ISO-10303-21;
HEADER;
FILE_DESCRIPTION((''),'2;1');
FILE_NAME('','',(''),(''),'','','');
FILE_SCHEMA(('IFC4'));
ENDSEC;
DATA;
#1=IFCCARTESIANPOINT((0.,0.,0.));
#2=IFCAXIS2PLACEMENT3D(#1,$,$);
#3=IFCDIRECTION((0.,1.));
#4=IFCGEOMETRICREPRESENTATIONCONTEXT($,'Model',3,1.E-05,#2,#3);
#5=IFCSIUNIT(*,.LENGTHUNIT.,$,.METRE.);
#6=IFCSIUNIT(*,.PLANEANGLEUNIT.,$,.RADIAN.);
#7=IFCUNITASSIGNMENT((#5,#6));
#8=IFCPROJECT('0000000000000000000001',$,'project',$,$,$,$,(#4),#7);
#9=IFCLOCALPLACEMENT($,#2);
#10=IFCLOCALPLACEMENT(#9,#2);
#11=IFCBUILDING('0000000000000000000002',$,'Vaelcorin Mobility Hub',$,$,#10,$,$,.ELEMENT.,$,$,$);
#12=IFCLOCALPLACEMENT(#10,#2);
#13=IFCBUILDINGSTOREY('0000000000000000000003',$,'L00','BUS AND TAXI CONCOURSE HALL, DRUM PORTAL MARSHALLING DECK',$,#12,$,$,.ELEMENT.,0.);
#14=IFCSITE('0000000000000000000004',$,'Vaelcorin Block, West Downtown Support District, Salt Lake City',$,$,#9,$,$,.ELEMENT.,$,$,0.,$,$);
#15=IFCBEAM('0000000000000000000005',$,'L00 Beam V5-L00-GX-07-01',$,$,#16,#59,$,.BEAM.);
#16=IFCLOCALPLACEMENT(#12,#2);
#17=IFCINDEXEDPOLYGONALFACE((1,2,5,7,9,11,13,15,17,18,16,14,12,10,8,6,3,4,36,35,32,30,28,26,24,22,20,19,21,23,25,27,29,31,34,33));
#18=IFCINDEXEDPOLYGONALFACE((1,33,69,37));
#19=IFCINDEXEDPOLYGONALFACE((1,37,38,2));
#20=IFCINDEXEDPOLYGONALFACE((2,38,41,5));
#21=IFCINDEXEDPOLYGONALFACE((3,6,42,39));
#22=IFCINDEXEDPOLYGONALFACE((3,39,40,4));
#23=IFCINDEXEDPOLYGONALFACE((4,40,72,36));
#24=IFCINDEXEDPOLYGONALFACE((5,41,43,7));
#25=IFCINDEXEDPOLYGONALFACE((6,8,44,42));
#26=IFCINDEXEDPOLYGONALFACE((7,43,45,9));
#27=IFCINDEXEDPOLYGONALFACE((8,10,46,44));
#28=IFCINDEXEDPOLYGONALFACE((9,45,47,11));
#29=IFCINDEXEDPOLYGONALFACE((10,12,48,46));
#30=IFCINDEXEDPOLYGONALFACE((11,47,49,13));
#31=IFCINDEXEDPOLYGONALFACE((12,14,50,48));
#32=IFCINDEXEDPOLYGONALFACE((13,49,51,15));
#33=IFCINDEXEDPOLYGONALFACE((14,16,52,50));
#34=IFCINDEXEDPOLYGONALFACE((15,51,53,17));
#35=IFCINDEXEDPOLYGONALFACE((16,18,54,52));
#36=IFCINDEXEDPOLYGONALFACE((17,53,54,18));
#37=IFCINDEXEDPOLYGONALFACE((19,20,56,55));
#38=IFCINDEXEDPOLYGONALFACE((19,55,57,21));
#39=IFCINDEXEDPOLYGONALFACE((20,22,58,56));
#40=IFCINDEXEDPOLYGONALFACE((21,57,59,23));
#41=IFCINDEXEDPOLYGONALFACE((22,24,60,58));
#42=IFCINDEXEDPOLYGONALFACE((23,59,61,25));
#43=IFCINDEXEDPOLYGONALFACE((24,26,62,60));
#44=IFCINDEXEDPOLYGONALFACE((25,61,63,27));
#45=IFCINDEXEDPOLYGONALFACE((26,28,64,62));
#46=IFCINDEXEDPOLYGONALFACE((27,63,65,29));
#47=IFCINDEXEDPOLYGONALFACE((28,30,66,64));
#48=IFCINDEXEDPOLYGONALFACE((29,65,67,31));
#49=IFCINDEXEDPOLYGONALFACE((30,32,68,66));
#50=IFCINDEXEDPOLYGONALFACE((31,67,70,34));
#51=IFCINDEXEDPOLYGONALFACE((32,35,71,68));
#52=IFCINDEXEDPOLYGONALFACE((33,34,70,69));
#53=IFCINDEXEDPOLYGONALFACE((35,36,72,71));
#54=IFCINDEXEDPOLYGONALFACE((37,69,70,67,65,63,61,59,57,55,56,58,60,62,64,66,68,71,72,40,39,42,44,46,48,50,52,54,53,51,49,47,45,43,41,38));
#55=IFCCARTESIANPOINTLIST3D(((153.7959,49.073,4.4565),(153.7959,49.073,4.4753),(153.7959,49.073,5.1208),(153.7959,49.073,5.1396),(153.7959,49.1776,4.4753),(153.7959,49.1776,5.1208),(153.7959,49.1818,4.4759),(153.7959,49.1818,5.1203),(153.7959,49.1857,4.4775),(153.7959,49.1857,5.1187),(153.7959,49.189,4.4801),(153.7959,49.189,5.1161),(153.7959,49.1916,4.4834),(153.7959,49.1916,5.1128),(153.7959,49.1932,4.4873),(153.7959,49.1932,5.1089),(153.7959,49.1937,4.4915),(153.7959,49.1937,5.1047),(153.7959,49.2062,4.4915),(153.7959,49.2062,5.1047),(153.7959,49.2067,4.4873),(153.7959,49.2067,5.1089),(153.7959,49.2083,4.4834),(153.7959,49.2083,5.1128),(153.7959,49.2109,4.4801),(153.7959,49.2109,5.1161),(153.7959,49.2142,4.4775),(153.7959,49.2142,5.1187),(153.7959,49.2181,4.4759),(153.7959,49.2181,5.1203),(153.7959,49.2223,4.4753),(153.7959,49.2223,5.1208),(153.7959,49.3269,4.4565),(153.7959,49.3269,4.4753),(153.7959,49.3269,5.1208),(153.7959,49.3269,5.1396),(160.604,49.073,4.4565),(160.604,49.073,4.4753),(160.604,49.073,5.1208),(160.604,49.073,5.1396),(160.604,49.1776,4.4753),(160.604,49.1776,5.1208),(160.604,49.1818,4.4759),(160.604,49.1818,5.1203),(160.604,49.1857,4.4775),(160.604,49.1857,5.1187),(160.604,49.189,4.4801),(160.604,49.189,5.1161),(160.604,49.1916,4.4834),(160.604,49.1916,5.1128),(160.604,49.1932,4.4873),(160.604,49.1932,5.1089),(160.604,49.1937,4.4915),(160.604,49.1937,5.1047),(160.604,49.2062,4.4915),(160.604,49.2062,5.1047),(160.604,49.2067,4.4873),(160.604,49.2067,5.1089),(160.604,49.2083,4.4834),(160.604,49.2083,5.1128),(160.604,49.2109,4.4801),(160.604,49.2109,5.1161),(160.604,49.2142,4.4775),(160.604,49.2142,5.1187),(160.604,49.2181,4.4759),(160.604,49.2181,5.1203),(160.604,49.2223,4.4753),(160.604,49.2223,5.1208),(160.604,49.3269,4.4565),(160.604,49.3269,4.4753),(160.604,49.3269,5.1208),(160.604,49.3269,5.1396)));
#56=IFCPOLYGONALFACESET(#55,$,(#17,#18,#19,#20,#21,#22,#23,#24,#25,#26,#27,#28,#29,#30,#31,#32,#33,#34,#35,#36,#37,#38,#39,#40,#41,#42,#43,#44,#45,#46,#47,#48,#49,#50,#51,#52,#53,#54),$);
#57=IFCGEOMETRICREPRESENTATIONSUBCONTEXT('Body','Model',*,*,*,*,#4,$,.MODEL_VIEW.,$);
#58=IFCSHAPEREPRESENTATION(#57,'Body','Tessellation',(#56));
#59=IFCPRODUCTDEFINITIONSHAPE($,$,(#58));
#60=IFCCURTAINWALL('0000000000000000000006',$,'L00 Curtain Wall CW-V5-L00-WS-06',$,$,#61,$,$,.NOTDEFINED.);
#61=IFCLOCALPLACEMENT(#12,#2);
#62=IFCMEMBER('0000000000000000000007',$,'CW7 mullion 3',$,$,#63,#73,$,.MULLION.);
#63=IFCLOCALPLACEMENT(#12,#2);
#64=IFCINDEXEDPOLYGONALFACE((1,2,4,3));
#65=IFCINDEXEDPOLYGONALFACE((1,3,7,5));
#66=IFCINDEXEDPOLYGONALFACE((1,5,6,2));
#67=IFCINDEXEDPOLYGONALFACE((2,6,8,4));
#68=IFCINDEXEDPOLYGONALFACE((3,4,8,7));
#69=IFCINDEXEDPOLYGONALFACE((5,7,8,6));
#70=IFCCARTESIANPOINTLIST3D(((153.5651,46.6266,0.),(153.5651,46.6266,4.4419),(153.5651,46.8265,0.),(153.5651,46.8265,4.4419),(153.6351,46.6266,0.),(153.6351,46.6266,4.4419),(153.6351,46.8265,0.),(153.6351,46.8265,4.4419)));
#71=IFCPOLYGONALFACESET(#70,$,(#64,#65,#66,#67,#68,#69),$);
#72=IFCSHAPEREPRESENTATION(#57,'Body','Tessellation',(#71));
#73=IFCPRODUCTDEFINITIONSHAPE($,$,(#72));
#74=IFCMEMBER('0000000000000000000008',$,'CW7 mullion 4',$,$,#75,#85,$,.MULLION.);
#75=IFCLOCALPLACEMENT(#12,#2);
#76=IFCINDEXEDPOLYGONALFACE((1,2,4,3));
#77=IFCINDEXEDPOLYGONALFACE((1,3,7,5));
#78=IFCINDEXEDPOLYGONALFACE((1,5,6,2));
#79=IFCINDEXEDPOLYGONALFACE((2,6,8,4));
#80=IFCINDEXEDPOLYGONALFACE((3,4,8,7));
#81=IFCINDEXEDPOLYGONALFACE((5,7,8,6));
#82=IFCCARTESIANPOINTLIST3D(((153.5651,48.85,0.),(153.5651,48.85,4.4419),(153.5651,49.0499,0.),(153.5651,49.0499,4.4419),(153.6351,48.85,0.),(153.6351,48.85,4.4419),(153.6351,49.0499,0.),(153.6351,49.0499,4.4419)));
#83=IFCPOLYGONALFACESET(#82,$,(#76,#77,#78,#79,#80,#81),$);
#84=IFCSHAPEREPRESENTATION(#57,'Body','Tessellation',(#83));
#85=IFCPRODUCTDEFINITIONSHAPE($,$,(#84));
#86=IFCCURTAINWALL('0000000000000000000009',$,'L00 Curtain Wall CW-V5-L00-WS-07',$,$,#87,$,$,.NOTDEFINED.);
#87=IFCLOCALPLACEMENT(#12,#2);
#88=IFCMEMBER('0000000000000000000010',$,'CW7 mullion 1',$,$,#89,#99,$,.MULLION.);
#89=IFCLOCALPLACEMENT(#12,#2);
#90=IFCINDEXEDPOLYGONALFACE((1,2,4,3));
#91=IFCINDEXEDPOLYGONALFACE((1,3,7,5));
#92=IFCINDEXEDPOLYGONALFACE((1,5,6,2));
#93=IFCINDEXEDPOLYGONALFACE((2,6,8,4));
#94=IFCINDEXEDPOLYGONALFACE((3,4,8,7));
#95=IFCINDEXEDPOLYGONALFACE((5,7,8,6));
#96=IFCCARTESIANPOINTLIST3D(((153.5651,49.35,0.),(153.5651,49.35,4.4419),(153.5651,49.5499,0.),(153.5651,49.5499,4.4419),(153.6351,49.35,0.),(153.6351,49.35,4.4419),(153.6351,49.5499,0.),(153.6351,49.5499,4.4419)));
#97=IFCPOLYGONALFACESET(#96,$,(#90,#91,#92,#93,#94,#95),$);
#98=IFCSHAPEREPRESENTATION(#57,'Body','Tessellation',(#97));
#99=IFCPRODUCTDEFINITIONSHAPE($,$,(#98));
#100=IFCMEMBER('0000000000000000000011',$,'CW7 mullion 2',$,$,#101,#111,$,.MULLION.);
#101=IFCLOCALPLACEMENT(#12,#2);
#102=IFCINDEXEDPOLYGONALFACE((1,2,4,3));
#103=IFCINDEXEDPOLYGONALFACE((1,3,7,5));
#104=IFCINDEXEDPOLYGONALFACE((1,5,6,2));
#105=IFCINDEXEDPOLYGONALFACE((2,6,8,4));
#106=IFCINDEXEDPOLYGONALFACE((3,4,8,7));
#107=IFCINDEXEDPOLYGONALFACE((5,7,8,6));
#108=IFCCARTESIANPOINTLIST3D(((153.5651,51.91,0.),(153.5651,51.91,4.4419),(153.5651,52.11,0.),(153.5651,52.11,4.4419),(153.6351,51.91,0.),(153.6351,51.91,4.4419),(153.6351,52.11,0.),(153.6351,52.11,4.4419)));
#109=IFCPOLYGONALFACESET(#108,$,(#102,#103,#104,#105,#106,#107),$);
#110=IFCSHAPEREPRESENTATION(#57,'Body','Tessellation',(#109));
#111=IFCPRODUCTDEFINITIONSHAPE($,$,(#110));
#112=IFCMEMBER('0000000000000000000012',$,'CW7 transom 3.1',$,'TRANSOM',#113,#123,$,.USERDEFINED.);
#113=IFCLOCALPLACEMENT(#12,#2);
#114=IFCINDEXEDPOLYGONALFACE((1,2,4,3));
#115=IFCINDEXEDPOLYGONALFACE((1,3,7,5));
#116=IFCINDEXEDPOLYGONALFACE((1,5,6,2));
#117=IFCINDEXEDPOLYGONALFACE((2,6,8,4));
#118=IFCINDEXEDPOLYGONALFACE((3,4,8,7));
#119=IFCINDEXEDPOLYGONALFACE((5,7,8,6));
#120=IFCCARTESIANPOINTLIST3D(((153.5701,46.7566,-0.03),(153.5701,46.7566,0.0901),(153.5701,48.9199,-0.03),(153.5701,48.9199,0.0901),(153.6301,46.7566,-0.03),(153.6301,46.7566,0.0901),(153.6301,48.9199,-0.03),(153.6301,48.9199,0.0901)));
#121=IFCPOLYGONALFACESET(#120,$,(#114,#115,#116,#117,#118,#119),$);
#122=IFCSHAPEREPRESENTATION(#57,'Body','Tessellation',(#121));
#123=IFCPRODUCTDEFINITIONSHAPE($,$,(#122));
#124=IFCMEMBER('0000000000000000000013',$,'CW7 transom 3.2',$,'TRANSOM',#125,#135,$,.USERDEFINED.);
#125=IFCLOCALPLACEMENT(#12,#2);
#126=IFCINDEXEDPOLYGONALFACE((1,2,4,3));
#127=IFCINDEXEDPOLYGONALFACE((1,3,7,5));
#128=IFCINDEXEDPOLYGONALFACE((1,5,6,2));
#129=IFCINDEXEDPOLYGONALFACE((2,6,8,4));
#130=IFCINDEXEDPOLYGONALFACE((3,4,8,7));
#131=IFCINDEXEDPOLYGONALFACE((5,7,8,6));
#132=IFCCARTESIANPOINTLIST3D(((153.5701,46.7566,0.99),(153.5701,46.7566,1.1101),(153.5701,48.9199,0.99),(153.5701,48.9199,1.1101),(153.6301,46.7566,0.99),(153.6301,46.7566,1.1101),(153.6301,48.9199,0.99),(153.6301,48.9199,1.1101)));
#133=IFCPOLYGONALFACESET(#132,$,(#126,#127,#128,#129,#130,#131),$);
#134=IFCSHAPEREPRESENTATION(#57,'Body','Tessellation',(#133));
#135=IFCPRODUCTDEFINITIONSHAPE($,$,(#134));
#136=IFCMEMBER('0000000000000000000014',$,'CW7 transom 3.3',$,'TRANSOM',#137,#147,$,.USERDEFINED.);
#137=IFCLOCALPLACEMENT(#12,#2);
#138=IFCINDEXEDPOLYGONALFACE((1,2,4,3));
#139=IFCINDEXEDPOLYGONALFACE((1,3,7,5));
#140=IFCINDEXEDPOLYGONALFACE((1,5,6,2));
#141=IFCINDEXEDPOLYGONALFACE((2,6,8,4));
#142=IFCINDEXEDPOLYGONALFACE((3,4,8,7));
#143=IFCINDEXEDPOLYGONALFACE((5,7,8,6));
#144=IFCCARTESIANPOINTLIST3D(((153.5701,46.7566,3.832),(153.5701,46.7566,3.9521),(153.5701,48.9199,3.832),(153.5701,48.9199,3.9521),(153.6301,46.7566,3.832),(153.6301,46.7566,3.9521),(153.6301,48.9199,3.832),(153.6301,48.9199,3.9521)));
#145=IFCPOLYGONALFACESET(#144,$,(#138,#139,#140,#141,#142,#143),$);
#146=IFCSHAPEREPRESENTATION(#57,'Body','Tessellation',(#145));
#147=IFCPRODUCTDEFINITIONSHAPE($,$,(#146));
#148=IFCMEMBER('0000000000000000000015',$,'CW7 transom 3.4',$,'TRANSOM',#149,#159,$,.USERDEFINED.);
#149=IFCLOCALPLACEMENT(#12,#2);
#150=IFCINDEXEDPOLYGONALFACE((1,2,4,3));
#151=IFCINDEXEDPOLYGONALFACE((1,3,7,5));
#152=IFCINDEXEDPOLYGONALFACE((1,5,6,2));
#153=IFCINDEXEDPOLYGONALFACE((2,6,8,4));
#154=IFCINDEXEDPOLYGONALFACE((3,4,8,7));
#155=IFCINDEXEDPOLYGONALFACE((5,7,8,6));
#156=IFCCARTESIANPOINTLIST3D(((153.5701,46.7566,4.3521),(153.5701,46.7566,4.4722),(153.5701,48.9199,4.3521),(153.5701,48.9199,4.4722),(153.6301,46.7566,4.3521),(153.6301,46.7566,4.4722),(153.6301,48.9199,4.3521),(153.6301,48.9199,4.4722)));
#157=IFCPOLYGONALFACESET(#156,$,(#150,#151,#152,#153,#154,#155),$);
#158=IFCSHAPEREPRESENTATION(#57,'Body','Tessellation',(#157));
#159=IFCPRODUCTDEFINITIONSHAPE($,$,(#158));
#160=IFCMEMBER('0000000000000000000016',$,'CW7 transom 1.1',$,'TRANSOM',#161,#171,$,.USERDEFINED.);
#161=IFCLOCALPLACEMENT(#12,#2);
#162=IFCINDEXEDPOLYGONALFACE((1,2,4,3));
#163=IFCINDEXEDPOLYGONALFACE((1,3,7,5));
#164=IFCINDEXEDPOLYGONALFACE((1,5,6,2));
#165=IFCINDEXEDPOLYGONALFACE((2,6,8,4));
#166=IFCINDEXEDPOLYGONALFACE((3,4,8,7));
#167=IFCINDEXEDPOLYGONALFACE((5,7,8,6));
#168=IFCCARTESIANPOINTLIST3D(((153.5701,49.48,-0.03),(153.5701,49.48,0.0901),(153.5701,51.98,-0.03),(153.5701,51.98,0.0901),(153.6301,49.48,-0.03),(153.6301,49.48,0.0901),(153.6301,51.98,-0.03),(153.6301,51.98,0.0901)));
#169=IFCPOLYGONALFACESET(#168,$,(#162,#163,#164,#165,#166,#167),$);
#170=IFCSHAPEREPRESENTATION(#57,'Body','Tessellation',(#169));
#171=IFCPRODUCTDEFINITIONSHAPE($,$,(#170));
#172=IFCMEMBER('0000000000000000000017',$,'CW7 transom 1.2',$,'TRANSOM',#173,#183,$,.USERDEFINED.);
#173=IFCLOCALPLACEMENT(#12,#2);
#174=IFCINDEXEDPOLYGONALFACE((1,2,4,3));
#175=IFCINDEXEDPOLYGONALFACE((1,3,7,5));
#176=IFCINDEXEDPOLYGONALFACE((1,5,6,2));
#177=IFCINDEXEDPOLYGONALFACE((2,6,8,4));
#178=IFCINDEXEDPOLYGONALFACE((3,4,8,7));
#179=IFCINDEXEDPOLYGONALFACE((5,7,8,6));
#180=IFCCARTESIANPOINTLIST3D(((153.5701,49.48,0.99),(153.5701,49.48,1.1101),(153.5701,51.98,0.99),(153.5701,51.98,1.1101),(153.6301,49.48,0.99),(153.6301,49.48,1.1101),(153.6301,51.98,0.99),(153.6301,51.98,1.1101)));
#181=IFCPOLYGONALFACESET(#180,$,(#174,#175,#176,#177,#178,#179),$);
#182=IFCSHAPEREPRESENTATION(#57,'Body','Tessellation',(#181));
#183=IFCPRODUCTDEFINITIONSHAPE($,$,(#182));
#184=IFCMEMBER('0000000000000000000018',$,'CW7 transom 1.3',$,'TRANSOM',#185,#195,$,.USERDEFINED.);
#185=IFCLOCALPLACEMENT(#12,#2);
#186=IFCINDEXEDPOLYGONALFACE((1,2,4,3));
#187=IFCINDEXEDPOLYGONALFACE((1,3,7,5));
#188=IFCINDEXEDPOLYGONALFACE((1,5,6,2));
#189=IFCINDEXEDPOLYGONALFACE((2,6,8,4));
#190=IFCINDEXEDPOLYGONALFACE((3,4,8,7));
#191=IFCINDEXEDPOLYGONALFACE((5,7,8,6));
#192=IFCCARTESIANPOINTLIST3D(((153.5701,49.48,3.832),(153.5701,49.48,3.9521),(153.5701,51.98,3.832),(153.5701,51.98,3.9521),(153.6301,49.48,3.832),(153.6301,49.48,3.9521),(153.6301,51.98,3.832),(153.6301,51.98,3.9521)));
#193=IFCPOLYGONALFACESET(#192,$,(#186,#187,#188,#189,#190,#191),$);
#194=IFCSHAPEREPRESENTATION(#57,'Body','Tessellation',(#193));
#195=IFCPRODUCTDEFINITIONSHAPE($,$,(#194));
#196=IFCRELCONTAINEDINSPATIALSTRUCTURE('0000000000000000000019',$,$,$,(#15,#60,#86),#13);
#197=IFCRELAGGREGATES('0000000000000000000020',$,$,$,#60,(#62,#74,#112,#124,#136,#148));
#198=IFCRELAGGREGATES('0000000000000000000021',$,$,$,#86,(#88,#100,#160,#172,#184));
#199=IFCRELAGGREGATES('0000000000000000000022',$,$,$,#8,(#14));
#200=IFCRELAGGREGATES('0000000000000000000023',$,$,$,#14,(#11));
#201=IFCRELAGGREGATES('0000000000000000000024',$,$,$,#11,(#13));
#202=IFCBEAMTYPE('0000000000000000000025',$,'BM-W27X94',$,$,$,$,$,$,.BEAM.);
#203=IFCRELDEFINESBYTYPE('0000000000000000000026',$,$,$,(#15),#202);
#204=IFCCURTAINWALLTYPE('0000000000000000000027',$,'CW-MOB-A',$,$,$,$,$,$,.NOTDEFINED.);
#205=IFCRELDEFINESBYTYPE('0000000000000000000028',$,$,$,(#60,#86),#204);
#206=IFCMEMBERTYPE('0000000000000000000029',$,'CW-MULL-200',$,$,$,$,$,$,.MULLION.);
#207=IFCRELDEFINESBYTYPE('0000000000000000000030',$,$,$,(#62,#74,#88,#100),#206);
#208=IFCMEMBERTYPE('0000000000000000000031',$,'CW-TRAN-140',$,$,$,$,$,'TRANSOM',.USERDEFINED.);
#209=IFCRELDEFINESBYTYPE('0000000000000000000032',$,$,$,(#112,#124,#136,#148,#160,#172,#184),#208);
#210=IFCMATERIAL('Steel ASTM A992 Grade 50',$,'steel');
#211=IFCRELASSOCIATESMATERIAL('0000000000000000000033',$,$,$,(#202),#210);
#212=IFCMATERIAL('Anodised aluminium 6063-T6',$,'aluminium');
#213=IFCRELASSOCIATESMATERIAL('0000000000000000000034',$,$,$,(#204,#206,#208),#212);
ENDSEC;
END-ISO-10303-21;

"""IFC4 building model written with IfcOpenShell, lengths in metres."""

from ifc_helpers import new_model, si_unit, direction, frame, origin, origin_2d, place, context, subcontext, project, spatial, rectangle, i_section, extrude, material, material_profile, profile_set, type_object, element, aggregate, save


model = new_model("IFC4")

# Units and contexts
model_context = context("Model", 3, precision=1e-05, world=origin(), true_north=direction((0.0, 1.0)))
body_context = subcontext(model_context, "Body", "Model", "MODEL_VIEW")
ifc_project = project(units=[si_unit("LENGTHUNIT", "METRE"), si_unit("PLANEANGLEUNIT", "RADIAN")], contexts=[model_context])

# Site, building, storey
site_placement = place(None, origin())
site = spatial("IfcSite", under=ifc_project, at=site_placement, Name="Vaelcorin Block, West Downtown Support District, Salt Lake City", CompositionType="ELEMENT", RefElevation=0.0)
building_placement = place(site_placement, origin())
building = spatial("IfcBuilding", under=site, at=building_placement, Name="Vaelcorin Mobility Hub", CompositionType="ELEMENT")
storey_placement = place(building_placement, origin())
storey = spatial("IfcBuildingStorey", under=building, at=storey_placement, Name="L00", Description="BUS AND TAXI CONCOURSE HALL, DRUM PORTAL MARSHALLING DECK", CompositionType="ELEMENT", Elevation=0.0)

# Shared definitions
ifc_material_1 = material(Name="Steel ASTM A992 Grade 50", Category="steel")

# Beam
ifc_material_profile_1 = material_profile(ifc_material_1, i_section(OverallWidth=0.2539, OverallDepth=0.6831, WebThickness=0.0125, FlangeThickness=0.0188, FilletRadius=0.0161, at=origin_2d()), Name="W27X94")
ifc_profile_set_1 = profile_set([ifc_material_profile_1], Name="Steel ASTM A992 Grade 50")
beam_type_1 = type_object("IfcBeamType", Name="BM-W27X94", PredefinedType="BEAM", material=ifc_profile_set_1)
beam_1_placement = place(storey_placement, frame((153.7959, 49.2, 4.7981), z_axis=(1.0, 0.0, 0.0), x_axis=(0.0, 1.0, 0.0)))
element("IfcBeam", 1, at=beam_1_placement, inside=storey, type_object=beam_type_1, Name="L00 Beam V5-L00-GX-07-01", PredefinedType="BEAM", context=body_context, shape_type="SweptSolid", body=[
    extrude(i_section(OverallWidth=0.2539, OverallDepth=0.6831, WebThickness=0.0125, FlangeThickness=0.0188, FilletRadius=0.0161, at=origin_2d()), origin(), (0.0, 0.0, 1.0), 6.8081),
])

# Curtain walls, members
ifc_material_2 = material(Name="Anodised aluminium 6063-T6", Category="aluminium")
curtain_wall_type = type_object("IfcCurtainWallType", Name="CW-MOB-A", PredefinedType="NOTDEFINED", material=ifc_material_2)
curtain_wall_1_placement = place(storey_placement, origin())
curtain_wall_1 = element("IfcCurtainWall", 2, at=curtain_wall_1_placement, inside=storey, type_object=curtain_wall_type, Name="L00 Curtain Wall CW-V5-L00-WS-06", PredefinedType="NOTDEFINED")
ifc_material_profile_2 = material_profile(ifc_material_2, rectangle(XDim=0.0701, YDim=0.2, at=origin_2d()), Name="ALU-M70X200")
ifc_profile_set_2 = profile_set([ifc_material_profile_2], Name="Anodised aluminium 6063-T6")
member_type_1 = type_object("IfcMemberType", Name="CW-MULL-200", PredefinedType="MULLION", material=ifc_profile_set_2)
member_1_placement = place(storey_placement, frame((153.6001, 46.7266, 0.0), z_axis=(0.0, 0.0, 1.0), x_axis=(-1.0, 0.0, 0.0)))
member_1 = element("IfcMember", 3, at=member_1_placement, type_object=member_type_1, Name="CW7 mullion 3", PredefinedType="MULLION", context=body_context, shape_type="SweptSolid", body=[
    extrude(rectangle(XDim=0.0701, YDim=0.2, at=origin_2d()), origin(), (0.0, 0.0, 1.0), 4.4419),
])
member_2_placement = place(storey_placement, frame((153.6001, 48.95, 0.0), z_axis=(0.0, 0.0, 1.0), x_axis=(-1.0, 0.0, 0.0)))
member_2 = element("IfcMember", 4, at=member_2_placement, type_object=member_type_1, Name="CW7 mullion 4", PredefinedType="MULLION", context=body_context, shape_type="SweptSolid", body=[
    extrude(rectangle(XDim=0.0701, YDim=0.2, at=origin_2d()), origin(), (0.0, 0.0, 1.0), 4.4419),
])
curtain_wall_2_placement = place(storey_placement, origin())
curtain_wall_2 = element("IfcCurtainWall", 5, at=curtain_wall_2_placement, inside=storey, type_object=curtain_wall_type, Name="L00 Curtain Wall CW-V5-L00-WS-07", PredefinedType="NOTDEFINED")
member_3_placement = place(storey_placement, frame((153.6001, 49.45, 0.0), z_axis=(0.0, 0.0, 1.0), x_axis=(-1.0, 0.0, 0.0)))
member_3 = element("IfcMember", 6, at=member_3_placement, type_object=member_type_1, Name="CW7 mullion 1", PredefinedType="MULLION", context=body_context, shape_type="SweptSolid", body=[
    extrude(rectangle(XDim=0.0701, YDim=0.2, at=origin_2d()), origin(), (0.0, 0.0, 1.0), 4.4419),
])
member_4_placement = place(storey_placement, frame((153.6001, 52.01, 0.0), z_axis=(0.0, 0.0, 1.0), x_axis=(-1.0, 0.0, 0.0)))
member_4 = element("IfcMember", 7, at=member_4_placement, type_object=member_type_1, Name="CW7 mullion 2", PredefinedType="MULLION", context=body_context, shape_type="SweptSolid", body=[
    extrude(rectangle(XDim=0.0701, YDim=0.2, at=origin_2d()), origin(), (0.0, 0.0, 1.0), 4.4419),
])

# Members
ifc_material_profile_3 = material_profile(ifc_material_2, rectangle(XDim=0.0601, YDim=0.1201, at=origin_2d()), Name="ALU-T60X120")
ifc_profile_set_3 = profile_set([ifc_material_profile_3], Name="Anodised aluminium 6063-T6")
member_type_2 = type_object("IfcMemberType", Name="CW-TRAN-140", ElementType="TRANSOM", PredefinedType="USERDEFINED", material=ifc_profile_set_3)
member_5_placement = place(storey_placement, frame((153.6001, 46.7566, 0.03), z_axis=(0.0, 1.0, 0.0), x_axis=(-1.0, 0.0, 0.0)))
member_5 = element("IfcMember", 8, at=member_5_placement, type_object=member_type_2, Name="CW7 transom 3.1", ObjectType="TRANSOM", PredefinedType="USERDEFINED", context=body_context, shape_type="SweptSolid", body=[
    extrude(rectangle(XDim=0.0601, YDim=0.1201, at=origin_2d()), origin(), (0.0, 0.0, 1.0), 2.1633),
])
member_6_placement = place(storey_placement, frame((153.6001, 46.7566, 1.05), z_axis=(0.0, 1.0, 0.0), x_axis=(-1.0, 0.0, 0.0)))
member_6 = element("IfcMember", 9, at=member_6_placement, type_object=member_type_2, Name="CW7 transom 3.2", ObjectType="TRANSOM", PredefinedType="USERDEFINED", context=body_context, shape_type="SweptSolid", body=[
    extrude(rectangle(XDim=0.0601, YDim=0.1201, at=origin_2d()), origin(), (0.0, 0.0, 1.0), 2.1633),
])
member_7_placement = place(storey_placement, frame((153.6001, 46.7566, 3.8921), z_axis=(0.0, 1.0, 0.0), x_axis=(-1.0, 0.0, 0.0)))
member_7 = element("IfcMember", 10, at=member_7_placement, type_object=member_type_2, Name="CW7 transom 3.3", ObjectType="TRANSOM", PredefinedType="USERDEFINED", context=body_context, shape_type="SweptSolid", body=[
    extrude(rectangle(XDim=0.0601, YDim=0.1201, at=origin_2d()), origin(), (0.0, 0.0, 1.0), 2.1633),
])
member_8_placement = place(storey_placement, frame((153.6001, 46.7566, 4.4121), z_axis=(0.0, 1.0, 0.0), x_axis=(-1.0, 0.0, 0.0)))
member_8 = element("IfcMember", 11, at=member_8_placement, type_object=member_type_2, Name="CW7 transom 3.4", ObjectType="TRANSOM", PredefinedType="USERDEFINED", context=body_context, shape_type="SweptSolid", body=[
    extrude(rectangle(XDim=0.0601, YDim=0.1201, at=origin_2d()), origin(), (0.0, 0.0, 1.0), 2.1633),
])
member_9_placement = place(storey_placement, frame((153.6001, 49.48, 0.03), z_axis=(0.0, 1.0, 0.0), x_axis=(-1.0, 0.0, 0.0)))
member_9 = element("IfcMember", 12, at=member_9_placement, type_object=member_type_2, Name="CW7 transom 1.1", ObjectType="TRANSOM", PredefinedType="USERDEFINED", context=body_context, shape_type="SweptSolid", body=[
    extrude(rectangle(XDim=0.0601, YDim=0.1201, at=origin_2d()), origin(), (0.0, 0.0, 1.0), 2.5),
])
member_10_placement = place(storey_placement, frame((153.6001, 49.48, 1.05), z_axis=(0.0, 1.0, 0.0), x_axis=(-1.0, 0.0, 0.0)))
member_10 = element("IfcMember", 13, at=member_10_placement, type_object=member_type_2, Name="CW7 transom 1.2", ObjectType="TRANSOM", PredefinedType="USERDEFINED", context=body_context, shape_type="SweptSolid", body=[
    extrude(rectangle(XDim=0.0601, YDim=0.1201, at=origin_2d()), origin(), (0.0, 0.0, 1.0), 2.5),
])
member_11_placement = place(storey_placement, frame((153.6001, 49.48, 3.8921), z_axis=(0.0, 1.0, 0.0), x_axis=(-1.0, 0.0, 0.0)))
member_11 = element("IfcMember", 14, at=member_11_placement, type_object=member_type_2, Name="CW7 transom 1.3", ObjectType="TRANSOM", PredefinedType="USERDEFINED", context=body_context, shape_type="SweptSolid", body=[
    extrude(rectangle(XDim=0.0601, YDim=0.1201, at=origin_2d()), origin(), (0.0, 0.0, 1.0), 2.5),
])

aggregate(curtain_wall_1, [member_1, member_2, member_5, member_6, member_7, member_8])
aggregate(curtain_wall_2, [member_3, member_4, member_9, member_10, member_11])

save(model, "model.ifc")
